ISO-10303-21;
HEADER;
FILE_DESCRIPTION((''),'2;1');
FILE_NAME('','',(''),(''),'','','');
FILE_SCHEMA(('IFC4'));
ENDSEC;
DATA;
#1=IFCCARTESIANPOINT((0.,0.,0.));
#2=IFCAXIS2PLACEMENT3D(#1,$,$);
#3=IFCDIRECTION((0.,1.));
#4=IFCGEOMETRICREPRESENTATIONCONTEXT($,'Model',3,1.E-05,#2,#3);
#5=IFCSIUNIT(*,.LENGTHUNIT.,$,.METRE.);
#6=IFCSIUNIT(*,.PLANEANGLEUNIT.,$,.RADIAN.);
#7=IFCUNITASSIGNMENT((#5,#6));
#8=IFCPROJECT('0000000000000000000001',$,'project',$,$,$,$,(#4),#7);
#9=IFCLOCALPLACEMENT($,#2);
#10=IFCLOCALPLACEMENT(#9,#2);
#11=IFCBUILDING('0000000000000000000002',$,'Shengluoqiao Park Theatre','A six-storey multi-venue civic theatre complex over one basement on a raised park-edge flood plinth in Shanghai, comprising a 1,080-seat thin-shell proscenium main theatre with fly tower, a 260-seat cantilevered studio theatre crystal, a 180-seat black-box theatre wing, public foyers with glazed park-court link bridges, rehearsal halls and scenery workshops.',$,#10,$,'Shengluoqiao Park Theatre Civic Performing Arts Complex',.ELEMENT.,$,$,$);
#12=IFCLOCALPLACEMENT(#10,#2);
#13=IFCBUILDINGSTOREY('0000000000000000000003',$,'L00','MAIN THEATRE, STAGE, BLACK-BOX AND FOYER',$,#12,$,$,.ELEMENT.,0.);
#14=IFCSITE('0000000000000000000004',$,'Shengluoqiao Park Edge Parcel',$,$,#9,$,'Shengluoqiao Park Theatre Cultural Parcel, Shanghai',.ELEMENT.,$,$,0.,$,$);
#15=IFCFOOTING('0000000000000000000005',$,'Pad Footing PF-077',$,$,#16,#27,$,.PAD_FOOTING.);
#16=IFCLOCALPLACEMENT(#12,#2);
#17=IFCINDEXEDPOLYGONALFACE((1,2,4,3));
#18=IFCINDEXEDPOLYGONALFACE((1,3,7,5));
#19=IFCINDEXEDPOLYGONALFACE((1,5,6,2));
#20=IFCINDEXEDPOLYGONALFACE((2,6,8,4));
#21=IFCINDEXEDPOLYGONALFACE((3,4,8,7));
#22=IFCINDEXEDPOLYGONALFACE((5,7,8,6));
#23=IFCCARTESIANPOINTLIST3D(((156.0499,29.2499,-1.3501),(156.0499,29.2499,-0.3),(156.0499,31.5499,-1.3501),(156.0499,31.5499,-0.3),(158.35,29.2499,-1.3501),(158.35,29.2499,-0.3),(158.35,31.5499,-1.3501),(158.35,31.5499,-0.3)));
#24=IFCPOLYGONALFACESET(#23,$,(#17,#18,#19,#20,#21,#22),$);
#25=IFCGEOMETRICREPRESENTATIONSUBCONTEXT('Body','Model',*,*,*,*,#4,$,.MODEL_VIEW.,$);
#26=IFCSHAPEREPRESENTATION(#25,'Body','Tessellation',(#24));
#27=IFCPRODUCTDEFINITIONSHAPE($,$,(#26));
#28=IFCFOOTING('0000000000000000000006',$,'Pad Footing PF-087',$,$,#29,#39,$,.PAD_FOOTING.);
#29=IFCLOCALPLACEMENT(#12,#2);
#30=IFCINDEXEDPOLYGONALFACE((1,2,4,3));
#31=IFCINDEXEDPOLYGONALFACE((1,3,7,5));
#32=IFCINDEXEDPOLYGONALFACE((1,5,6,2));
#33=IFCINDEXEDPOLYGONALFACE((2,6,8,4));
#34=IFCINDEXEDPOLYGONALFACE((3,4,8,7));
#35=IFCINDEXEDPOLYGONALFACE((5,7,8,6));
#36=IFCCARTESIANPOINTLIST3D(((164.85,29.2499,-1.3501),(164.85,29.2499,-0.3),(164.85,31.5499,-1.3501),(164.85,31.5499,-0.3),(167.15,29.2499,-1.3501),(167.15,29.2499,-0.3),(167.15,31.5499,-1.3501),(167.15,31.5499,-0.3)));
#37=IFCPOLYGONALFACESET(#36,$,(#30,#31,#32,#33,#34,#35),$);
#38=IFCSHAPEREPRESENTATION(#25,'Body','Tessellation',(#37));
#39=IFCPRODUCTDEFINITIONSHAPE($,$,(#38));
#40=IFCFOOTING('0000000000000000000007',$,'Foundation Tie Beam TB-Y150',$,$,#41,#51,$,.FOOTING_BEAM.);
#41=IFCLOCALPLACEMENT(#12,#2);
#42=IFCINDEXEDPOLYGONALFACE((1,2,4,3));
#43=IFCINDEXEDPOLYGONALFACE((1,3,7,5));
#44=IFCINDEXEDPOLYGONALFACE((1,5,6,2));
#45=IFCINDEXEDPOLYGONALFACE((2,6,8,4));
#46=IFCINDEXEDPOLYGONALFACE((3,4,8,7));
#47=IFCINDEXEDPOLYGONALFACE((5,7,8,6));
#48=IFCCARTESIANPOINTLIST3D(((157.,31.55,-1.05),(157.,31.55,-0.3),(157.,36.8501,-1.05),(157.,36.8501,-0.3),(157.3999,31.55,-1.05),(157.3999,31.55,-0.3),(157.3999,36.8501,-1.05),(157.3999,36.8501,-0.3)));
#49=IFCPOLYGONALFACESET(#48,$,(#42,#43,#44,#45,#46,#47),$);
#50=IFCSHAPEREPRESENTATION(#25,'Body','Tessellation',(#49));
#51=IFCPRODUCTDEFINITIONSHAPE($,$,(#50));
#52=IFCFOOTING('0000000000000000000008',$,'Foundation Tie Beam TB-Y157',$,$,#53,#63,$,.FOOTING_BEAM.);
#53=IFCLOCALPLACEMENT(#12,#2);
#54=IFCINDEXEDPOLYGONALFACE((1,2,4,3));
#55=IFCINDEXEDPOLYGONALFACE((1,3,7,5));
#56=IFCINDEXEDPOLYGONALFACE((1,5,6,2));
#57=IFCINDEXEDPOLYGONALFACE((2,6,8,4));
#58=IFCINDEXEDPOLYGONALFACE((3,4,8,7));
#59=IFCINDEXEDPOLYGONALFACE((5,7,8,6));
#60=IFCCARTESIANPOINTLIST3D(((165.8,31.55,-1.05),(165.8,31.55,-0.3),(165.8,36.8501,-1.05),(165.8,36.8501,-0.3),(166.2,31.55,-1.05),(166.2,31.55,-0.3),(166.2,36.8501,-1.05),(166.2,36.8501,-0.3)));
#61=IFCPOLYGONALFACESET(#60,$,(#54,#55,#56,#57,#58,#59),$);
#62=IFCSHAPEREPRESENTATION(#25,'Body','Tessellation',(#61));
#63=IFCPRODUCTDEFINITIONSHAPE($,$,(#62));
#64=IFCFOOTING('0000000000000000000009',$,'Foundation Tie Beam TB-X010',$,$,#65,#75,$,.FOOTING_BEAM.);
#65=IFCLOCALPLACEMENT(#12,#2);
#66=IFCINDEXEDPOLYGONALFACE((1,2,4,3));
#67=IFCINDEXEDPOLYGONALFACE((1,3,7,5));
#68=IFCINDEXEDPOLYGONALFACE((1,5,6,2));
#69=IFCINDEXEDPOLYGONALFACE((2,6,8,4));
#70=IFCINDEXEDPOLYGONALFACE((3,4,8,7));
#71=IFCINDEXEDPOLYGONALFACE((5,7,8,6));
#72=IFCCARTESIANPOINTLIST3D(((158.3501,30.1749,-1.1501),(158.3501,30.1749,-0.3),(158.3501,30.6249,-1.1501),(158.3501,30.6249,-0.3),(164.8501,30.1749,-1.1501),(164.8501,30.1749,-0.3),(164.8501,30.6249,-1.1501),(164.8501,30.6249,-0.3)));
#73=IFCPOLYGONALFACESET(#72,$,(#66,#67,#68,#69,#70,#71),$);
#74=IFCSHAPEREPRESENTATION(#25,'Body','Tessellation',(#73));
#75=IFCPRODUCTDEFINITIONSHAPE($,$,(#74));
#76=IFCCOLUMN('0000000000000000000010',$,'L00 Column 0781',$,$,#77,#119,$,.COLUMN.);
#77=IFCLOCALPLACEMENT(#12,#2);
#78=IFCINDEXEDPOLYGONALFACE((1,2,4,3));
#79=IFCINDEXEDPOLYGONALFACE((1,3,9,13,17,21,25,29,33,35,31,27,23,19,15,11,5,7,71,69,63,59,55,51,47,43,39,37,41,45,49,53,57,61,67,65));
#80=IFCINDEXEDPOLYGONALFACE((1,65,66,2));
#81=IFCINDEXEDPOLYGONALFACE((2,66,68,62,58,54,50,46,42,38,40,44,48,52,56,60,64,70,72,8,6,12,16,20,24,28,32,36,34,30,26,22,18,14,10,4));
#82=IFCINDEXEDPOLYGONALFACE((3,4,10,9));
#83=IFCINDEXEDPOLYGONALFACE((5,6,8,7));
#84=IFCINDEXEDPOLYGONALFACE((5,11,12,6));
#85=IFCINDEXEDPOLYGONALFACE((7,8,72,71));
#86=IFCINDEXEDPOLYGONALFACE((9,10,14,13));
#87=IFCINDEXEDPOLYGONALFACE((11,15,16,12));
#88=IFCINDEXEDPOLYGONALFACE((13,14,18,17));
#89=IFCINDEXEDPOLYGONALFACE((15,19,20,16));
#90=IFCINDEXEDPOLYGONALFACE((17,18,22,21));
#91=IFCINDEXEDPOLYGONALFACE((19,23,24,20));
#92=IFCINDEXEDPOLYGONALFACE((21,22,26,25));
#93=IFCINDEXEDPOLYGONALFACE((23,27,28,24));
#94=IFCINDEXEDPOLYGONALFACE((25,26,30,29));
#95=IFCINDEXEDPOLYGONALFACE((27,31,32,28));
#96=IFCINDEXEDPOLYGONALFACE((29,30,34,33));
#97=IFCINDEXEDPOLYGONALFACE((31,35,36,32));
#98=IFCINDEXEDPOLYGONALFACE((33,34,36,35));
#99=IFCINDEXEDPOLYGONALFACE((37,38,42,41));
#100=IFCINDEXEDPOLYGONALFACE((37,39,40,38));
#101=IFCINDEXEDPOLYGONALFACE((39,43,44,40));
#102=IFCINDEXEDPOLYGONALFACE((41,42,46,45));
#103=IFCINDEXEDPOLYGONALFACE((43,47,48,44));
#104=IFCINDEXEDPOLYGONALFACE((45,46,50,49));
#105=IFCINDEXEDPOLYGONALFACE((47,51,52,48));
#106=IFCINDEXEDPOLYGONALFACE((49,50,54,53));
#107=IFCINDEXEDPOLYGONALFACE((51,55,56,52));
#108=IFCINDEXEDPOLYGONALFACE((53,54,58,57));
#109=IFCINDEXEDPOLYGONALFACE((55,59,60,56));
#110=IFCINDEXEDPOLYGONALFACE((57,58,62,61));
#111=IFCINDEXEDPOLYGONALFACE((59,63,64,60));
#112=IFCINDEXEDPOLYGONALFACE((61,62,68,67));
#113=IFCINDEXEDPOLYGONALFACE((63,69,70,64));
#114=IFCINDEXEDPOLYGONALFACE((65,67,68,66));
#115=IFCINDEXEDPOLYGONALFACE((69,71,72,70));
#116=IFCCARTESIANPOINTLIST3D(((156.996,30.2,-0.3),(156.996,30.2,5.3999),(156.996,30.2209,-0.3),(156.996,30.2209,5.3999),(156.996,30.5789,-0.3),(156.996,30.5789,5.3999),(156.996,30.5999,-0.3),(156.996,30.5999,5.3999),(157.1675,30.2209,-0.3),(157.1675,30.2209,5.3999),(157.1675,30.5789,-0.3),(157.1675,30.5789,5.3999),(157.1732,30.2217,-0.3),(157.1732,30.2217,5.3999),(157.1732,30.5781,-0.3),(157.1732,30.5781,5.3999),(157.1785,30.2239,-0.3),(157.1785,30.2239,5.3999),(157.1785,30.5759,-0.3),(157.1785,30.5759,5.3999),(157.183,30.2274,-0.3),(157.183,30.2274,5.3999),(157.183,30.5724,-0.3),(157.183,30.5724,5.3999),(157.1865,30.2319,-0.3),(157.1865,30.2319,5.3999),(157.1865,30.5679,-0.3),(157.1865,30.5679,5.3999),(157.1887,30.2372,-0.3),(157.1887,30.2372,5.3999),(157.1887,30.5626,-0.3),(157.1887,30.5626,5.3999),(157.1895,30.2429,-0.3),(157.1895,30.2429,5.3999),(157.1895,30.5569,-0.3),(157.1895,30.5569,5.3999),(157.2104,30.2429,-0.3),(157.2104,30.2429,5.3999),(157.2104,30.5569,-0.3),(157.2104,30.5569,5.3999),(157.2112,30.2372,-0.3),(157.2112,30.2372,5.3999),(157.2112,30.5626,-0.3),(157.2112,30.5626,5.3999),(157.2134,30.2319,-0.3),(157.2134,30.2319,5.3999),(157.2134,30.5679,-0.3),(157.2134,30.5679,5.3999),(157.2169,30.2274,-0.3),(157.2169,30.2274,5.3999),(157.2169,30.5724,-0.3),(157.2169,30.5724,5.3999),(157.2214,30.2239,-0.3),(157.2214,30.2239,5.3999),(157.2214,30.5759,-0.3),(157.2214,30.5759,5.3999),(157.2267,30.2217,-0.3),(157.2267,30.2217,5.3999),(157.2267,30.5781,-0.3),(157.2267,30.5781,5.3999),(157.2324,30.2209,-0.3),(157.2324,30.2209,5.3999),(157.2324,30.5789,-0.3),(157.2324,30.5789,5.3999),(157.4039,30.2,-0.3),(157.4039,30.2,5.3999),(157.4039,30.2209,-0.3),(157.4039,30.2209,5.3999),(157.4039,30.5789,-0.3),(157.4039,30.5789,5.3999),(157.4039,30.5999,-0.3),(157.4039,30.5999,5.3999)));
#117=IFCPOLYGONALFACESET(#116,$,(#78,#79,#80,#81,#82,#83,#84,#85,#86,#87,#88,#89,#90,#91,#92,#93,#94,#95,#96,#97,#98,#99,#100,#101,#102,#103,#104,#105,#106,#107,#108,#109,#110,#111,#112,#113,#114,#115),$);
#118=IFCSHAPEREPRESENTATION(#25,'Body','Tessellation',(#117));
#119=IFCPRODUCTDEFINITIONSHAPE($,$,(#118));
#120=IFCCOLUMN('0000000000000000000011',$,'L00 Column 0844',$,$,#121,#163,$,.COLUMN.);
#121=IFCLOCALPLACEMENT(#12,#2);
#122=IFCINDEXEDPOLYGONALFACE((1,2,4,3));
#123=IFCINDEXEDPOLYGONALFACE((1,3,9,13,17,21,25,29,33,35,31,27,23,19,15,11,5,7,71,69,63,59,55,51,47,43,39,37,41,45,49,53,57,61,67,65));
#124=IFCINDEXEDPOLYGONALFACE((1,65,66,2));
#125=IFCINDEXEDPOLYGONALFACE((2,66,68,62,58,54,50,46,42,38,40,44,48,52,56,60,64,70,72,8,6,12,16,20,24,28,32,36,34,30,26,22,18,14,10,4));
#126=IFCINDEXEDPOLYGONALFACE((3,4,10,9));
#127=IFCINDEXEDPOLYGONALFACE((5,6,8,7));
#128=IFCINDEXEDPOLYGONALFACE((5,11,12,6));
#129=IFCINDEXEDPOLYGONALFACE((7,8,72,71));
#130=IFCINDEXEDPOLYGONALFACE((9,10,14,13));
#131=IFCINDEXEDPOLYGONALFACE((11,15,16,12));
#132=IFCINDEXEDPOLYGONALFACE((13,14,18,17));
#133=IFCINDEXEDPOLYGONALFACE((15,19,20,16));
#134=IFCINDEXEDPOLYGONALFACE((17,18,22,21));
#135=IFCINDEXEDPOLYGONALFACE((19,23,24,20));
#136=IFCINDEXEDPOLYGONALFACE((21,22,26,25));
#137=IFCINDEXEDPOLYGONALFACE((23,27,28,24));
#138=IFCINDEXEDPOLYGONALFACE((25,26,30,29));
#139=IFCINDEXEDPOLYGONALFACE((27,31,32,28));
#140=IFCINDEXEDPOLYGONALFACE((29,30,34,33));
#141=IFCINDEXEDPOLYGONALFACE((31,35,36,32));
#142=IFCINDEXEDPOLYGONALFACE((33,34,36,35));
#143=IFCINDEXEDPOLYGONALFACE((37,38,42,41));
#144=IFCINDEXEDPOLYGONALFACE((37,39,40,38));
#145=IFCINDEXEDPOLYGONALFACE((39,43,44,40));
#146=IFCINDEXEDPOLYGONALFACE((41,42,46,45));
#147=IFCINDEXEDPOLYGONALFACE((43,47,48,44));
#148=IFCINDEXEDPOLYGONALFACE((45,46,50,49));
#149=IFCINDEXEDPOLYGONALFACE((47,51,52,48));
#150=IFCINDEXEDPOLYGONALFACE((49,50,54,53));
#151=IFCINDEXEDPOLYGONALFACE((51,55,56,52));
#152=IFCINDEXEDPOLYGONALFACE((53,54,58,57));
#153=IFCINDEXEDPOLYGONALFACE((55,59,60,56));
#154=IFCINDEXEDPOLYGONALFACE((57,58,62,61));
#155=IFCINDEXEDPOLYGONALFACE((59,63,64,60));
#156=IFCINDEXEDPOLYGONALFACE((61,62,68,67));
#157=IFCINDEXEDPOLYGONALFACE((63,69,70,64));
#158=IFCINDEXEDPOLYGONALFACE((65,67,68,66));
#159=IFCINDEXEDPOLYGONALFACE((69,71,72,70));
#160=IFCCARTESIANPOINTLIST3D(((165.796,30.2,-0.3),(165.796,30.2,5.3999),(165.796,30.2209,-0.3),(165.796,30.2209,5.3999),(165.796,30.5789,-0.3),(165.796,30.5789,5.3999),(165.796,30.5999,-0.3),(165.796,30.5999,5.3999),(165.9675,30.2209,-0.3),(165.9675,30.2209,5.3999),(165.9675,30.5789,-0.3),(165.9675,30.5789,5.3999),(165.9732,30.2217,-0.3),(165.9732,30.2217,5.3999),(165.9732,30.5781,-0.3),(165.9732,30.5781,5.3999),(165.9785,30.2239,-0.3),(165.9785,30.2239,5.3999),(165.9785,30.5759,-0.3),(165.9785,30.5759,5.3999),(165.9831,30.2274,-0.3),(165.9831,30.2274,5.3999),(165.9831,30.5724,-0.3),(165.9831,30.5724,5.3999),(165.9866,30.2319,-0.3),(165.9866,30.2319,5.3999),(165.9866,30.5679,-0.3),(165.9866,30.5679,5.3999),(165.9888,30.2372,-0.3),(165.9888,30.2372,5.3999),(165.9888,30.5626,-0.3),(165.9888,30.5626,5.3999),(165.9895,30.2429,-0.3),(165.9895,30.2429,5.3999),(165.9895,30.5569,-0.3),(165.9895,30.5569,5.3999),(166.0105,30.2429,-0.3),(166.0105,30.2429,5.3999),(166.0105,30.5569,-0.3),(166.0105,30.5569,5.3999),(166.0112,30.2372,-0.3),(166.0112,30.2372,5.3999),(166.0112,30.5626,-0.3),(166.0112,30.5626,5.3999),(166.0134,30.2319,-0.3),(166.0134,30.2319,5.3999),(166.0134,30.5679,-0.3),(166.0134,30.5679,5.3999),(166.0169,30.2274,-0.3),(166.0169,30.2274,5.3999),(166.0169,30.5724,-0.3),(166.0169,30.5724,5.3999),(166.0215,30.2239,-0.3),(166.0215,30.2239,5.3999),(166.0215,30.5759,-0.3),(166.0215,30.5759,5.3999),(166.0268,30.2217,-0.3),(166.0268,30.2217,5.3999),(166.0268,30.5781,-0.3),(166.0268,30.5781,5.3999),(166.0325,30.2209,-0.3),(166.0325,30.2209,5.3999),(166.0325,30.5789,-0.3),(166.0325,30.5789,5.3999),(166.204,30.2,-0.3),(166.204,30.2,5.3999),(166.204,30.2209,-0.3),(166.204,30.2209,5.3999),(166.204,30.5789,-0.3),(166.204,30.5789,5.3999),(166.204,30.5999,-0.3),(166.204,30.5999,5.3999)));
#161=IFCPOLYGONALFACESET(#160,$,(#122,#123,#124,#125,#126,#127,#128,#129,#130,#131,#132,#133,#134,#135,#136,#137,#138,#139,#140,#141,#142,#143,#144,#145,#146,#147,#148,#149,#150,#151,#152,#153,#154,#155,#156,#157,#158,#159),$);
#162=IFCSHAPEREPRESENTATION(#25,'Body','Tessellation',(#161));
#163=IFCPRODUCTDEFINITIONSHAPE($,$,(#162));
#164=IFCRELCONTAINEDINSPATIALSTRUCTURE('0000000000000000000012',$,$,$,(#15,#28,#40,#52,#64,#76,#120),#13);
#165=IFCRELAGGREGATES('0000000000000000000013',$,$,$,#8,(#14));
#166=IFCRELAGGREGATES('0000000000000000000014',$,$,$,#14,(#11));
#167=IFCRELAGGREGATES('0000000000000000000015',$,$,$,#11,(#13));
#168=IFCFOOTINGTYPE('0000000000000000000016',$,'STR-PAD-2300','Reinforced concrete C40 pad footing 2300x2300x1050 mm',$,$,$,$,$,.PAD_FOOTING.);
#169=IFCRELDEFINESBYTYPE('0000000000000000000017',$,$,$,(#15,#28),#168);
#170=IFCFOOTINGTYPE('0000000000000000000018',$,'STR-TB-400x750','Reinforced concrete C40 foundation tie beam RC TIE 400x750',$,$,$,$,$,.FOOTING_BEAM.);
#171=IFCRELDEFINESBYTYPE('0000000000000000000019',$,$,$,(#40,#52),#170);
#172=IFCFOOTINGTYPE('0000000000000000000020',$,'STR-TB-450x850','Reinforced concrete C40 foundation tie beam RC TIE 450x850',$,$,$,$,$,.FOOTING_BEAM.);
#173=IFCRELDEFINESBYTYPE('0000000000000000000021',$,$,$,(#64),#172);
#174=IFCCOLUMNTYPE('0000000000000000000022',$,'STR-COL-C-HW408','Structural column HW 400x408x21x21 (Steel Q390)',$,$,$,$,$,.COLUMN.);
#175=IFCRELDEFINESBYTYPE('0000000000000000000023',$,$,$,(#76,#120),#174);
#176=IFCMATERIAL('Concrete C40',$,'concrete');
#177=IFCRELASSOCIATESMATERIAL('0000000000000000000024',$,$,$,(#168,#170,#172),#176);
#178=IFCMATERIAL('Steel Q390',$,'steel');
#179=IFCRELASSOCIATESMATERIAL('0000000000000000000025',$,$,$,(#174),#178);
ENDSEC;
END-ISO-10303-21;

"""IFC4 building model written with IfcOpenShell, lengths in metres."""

from ifc_helpers import new_model, si_unit, direction, frame, origin, origin_2d, place, context, subcontext, project, spatial, rectangle, i_section, extrude, material, material_profile, profile_set, type_object, element, save


model = new_model("IFC4")

# Units and contexts
model_context = context("Model", 3, precision=1e-05, world=origin(), true_north=direction((0.0, 1.0)))
body_context = subcontext(model_context, "Body", "Model", "MODEL_VIEW")
ifc_project = project(units=[si_unit("LENGTHUNIT", "METRE"), si_unit("PLANEANGLEUNIT", "RADIAN")], contexts=[model_context])

# Site, building, storey
site_placement = place(None, origin())
site = spatial("IfcSite", under=ifc_project, at=site_placement, Name="Shengluoqiao Park Edge Parcel", LongName="Shengluoqiao Park Theatre Cultural Parcel, Shanghai", CompositionType="ELEMENT", RefElevation=0.0)
building_placement = place(site_placement, origin())
building = spatial("IfcBuilding", under=site, at=building_placement, Name="Shengluoqiao Park Theatre", Description="A six-storey multi-venue civic theatre complex over one basement on a raised park-edge flood plinth in Shanghai, comprising a 1,080-seat thin-shell proscenium main theatre with fly tower, a 260-seat cantilevered studio theatre crystal, a 180-seat black-box theatre wing, public foyers with glazed park-court link bridges, rehearsal halls and scenery workshops.", LongName="Shengluoqiao Park Theatre Civic Performing Arts Complex", CompositionType="ELEMENT")
storey_placement = place(building_placement, origin())
storey = spatial("IfcBuildingStorey", under=building, at=storey_placement, Name="L00", Description="MAIN THEATRE, STAGE, BLACK-BOX AND FOYER", CompositionType="ELEMENT", Elevation=0.0)

# Footings
ifc_material_1 = material(Name="Concrete C40", Category="concrete")
footing_type_1 = type_object("IfcFootingType", Name="STR-PAD-2300", Description="Reinforced concrete C40 pad footing 2300x2300x1050 mm", PredefinedType="PAD_FOOTING", material=ifc_material_1)
for number, where, z_axis, x_axis, name in (
    (1, (157.2, 30.3999, -1.3501), (0.0, 0.0, 1.0), (1.0, 0.0, 0.0), "Pad Footing PF-077"),
    (2, (166.0, 30.3999, -1.3501), (0.0, 0.0, 1.0), (1.0, 0.0, 0.0), "Pad Footing PF-087"),
):
    element("IfcFooting", number, at=place(storey_placement, frame(where, z_axis=z_axis, x_axis=x_axis)), inside=storey, type_object=footing_type_1, Name=name, PredefinedType="PAD_FOOTING", context=body_context, shape_type="SweptSolid", body=[
        extrude(rectangle(XDim=2.3, YDim=2.3, at=origin_2d()), origin(), (0.0, 0.0, 1.0), 1.05),
    ])
ifc_material_profile_1 = material_profile(ifc_material_1, rectangle(XDim=0.3999, YDim=0.75, at=origin_2d()), Name="RC TIE 400x750")
ifc_profile_set_1 = profile_set([ifc_material_profile_1], Name="Concrete C40")
footing_type_2 = type_object("IfcFootingType", Name="STR-TB-400x750", Description="Reinforced concrete C40 foundation tie beam RC TIE 400x750", PredefinedType="FOOTING_BEAM", material=ifc_profile_set_1)
for number, where, z_axis, x_axis, name in (
    (3, (157.2, 31.55, -0.675), (0.0, 1.0, 0.0), (-1.0, 0.0, 0.0), "Foundation Tie Beam TB-Y150"),
    (4, (166.0, 31.55, -0.675), (0.0, 1.0, 0.0), (-1.0, 0.0, 0.0), "Foundation Tie Beam TB-Y157"),
):
    element("IfcFooting", number, at=place(storey_placement, frame(where, z_axis=z_axis, x_axis=x_axis)), inside=storey, type_object=footing_type_2, Name=name, PredefinedType="FOOTING_BEAM", context=body_context, shape_type="SweptSolid", body=[
        extrude(rectangle(XDim=0.3999, YDim=0.75, at=origin_2d()), origin(), (0.0, 0.0, 1.0), 5.3),
    ])
ifc_material_profile_2 = material_profile(ifc_material_1, rectangle(XDim=0.45, YDim=0.8501, at=origin_2d()), Name="RC TIE 450x850")
ifc_profile_set_2 = profile_set([ifc_material_profile_2], Name="Concrete C40")
footing_type_3 = type_object("IfcFootingType", Name="STR-TB-450x850", Description="Reinforced concrete C40 foundation tie beam RC TIE 450x850", PredefinedType="FOOTING_BEAM", material=ifc_profile_set_2)
footing_placement = place(storey_placement, frame((158.3501, 30.3999, -0.7251), z_axis=(1.0, 0.0, 0.0), x_axis=(0.0, 1.0, 0.0)))
element("IfcFooting", 5, at=footing_placement, inside=storey, type_object=footing_type_3, Name="Foundation Tie Beam TB-X010", PredefinedType="FOOTING_BEAM", context=body_context, shape_type="SweptSolid", body=[
    extrude(rectangle(XDim=0.45, YDim=0.8501, at=origin_2d()), origin(), (0.0, 0.0, 1.0), 6.5),
])

# Columns
ifc_material_2 = material(Name="Steel Q390", Category="steel")
ifc_material_profile_3 = material_profile(ifc_material_2, i_section(OverallWidth=0.408, OverallDepth=0.3999, WebThickness=0.021, FlangeThickness=0.021, FilletRadius=0.022, at=origin_2d()), Name="HW 400x408x21x21")
ifc_profile_set_3 = profile_set([ifc_material_profile_3], Name="Steel Q390")
column_type = type_object("IfcColumnType", Name="STR-COL-C-HW408", Description="Structural column HW 400x408x21x21 (Steel Q390)", PredefinedType="COLUMN", material=ifc_profile_set_3)
for number, where, z_axis, x_axis, name in (
    (6, (157.2, 30.3999, -0.3), (0.0, 0.0, 1.0), (1.0, 0.0, 0.0), "L00 Column 0781"),
    (7, (166.0, 30.3999, -0.3), (0.0, 0.0, 1.0), (1.0, 0.0, 0.0), "L00 Column 0844"),
):
    element("IfcColumn", number, at=place(storey_placement, frame(where, z_axis=z_axis, x_axis=x_axis)), inside=storey, type_object=column_type, Name=name, PredefinedType="COLUMN", context=body_context, shape_type="SweptSolid", body=[
        extrude(i_section(OverallWidth=0.408, OverallDepth=0.3999, WebThickness=0.021, FlangeThickness=0.021, FilletRadius=0.022, at=origin_2d()), origin(), (0.0, 0.0, 1.0), 5.7),
    ])

save(model, "model.ifc")
